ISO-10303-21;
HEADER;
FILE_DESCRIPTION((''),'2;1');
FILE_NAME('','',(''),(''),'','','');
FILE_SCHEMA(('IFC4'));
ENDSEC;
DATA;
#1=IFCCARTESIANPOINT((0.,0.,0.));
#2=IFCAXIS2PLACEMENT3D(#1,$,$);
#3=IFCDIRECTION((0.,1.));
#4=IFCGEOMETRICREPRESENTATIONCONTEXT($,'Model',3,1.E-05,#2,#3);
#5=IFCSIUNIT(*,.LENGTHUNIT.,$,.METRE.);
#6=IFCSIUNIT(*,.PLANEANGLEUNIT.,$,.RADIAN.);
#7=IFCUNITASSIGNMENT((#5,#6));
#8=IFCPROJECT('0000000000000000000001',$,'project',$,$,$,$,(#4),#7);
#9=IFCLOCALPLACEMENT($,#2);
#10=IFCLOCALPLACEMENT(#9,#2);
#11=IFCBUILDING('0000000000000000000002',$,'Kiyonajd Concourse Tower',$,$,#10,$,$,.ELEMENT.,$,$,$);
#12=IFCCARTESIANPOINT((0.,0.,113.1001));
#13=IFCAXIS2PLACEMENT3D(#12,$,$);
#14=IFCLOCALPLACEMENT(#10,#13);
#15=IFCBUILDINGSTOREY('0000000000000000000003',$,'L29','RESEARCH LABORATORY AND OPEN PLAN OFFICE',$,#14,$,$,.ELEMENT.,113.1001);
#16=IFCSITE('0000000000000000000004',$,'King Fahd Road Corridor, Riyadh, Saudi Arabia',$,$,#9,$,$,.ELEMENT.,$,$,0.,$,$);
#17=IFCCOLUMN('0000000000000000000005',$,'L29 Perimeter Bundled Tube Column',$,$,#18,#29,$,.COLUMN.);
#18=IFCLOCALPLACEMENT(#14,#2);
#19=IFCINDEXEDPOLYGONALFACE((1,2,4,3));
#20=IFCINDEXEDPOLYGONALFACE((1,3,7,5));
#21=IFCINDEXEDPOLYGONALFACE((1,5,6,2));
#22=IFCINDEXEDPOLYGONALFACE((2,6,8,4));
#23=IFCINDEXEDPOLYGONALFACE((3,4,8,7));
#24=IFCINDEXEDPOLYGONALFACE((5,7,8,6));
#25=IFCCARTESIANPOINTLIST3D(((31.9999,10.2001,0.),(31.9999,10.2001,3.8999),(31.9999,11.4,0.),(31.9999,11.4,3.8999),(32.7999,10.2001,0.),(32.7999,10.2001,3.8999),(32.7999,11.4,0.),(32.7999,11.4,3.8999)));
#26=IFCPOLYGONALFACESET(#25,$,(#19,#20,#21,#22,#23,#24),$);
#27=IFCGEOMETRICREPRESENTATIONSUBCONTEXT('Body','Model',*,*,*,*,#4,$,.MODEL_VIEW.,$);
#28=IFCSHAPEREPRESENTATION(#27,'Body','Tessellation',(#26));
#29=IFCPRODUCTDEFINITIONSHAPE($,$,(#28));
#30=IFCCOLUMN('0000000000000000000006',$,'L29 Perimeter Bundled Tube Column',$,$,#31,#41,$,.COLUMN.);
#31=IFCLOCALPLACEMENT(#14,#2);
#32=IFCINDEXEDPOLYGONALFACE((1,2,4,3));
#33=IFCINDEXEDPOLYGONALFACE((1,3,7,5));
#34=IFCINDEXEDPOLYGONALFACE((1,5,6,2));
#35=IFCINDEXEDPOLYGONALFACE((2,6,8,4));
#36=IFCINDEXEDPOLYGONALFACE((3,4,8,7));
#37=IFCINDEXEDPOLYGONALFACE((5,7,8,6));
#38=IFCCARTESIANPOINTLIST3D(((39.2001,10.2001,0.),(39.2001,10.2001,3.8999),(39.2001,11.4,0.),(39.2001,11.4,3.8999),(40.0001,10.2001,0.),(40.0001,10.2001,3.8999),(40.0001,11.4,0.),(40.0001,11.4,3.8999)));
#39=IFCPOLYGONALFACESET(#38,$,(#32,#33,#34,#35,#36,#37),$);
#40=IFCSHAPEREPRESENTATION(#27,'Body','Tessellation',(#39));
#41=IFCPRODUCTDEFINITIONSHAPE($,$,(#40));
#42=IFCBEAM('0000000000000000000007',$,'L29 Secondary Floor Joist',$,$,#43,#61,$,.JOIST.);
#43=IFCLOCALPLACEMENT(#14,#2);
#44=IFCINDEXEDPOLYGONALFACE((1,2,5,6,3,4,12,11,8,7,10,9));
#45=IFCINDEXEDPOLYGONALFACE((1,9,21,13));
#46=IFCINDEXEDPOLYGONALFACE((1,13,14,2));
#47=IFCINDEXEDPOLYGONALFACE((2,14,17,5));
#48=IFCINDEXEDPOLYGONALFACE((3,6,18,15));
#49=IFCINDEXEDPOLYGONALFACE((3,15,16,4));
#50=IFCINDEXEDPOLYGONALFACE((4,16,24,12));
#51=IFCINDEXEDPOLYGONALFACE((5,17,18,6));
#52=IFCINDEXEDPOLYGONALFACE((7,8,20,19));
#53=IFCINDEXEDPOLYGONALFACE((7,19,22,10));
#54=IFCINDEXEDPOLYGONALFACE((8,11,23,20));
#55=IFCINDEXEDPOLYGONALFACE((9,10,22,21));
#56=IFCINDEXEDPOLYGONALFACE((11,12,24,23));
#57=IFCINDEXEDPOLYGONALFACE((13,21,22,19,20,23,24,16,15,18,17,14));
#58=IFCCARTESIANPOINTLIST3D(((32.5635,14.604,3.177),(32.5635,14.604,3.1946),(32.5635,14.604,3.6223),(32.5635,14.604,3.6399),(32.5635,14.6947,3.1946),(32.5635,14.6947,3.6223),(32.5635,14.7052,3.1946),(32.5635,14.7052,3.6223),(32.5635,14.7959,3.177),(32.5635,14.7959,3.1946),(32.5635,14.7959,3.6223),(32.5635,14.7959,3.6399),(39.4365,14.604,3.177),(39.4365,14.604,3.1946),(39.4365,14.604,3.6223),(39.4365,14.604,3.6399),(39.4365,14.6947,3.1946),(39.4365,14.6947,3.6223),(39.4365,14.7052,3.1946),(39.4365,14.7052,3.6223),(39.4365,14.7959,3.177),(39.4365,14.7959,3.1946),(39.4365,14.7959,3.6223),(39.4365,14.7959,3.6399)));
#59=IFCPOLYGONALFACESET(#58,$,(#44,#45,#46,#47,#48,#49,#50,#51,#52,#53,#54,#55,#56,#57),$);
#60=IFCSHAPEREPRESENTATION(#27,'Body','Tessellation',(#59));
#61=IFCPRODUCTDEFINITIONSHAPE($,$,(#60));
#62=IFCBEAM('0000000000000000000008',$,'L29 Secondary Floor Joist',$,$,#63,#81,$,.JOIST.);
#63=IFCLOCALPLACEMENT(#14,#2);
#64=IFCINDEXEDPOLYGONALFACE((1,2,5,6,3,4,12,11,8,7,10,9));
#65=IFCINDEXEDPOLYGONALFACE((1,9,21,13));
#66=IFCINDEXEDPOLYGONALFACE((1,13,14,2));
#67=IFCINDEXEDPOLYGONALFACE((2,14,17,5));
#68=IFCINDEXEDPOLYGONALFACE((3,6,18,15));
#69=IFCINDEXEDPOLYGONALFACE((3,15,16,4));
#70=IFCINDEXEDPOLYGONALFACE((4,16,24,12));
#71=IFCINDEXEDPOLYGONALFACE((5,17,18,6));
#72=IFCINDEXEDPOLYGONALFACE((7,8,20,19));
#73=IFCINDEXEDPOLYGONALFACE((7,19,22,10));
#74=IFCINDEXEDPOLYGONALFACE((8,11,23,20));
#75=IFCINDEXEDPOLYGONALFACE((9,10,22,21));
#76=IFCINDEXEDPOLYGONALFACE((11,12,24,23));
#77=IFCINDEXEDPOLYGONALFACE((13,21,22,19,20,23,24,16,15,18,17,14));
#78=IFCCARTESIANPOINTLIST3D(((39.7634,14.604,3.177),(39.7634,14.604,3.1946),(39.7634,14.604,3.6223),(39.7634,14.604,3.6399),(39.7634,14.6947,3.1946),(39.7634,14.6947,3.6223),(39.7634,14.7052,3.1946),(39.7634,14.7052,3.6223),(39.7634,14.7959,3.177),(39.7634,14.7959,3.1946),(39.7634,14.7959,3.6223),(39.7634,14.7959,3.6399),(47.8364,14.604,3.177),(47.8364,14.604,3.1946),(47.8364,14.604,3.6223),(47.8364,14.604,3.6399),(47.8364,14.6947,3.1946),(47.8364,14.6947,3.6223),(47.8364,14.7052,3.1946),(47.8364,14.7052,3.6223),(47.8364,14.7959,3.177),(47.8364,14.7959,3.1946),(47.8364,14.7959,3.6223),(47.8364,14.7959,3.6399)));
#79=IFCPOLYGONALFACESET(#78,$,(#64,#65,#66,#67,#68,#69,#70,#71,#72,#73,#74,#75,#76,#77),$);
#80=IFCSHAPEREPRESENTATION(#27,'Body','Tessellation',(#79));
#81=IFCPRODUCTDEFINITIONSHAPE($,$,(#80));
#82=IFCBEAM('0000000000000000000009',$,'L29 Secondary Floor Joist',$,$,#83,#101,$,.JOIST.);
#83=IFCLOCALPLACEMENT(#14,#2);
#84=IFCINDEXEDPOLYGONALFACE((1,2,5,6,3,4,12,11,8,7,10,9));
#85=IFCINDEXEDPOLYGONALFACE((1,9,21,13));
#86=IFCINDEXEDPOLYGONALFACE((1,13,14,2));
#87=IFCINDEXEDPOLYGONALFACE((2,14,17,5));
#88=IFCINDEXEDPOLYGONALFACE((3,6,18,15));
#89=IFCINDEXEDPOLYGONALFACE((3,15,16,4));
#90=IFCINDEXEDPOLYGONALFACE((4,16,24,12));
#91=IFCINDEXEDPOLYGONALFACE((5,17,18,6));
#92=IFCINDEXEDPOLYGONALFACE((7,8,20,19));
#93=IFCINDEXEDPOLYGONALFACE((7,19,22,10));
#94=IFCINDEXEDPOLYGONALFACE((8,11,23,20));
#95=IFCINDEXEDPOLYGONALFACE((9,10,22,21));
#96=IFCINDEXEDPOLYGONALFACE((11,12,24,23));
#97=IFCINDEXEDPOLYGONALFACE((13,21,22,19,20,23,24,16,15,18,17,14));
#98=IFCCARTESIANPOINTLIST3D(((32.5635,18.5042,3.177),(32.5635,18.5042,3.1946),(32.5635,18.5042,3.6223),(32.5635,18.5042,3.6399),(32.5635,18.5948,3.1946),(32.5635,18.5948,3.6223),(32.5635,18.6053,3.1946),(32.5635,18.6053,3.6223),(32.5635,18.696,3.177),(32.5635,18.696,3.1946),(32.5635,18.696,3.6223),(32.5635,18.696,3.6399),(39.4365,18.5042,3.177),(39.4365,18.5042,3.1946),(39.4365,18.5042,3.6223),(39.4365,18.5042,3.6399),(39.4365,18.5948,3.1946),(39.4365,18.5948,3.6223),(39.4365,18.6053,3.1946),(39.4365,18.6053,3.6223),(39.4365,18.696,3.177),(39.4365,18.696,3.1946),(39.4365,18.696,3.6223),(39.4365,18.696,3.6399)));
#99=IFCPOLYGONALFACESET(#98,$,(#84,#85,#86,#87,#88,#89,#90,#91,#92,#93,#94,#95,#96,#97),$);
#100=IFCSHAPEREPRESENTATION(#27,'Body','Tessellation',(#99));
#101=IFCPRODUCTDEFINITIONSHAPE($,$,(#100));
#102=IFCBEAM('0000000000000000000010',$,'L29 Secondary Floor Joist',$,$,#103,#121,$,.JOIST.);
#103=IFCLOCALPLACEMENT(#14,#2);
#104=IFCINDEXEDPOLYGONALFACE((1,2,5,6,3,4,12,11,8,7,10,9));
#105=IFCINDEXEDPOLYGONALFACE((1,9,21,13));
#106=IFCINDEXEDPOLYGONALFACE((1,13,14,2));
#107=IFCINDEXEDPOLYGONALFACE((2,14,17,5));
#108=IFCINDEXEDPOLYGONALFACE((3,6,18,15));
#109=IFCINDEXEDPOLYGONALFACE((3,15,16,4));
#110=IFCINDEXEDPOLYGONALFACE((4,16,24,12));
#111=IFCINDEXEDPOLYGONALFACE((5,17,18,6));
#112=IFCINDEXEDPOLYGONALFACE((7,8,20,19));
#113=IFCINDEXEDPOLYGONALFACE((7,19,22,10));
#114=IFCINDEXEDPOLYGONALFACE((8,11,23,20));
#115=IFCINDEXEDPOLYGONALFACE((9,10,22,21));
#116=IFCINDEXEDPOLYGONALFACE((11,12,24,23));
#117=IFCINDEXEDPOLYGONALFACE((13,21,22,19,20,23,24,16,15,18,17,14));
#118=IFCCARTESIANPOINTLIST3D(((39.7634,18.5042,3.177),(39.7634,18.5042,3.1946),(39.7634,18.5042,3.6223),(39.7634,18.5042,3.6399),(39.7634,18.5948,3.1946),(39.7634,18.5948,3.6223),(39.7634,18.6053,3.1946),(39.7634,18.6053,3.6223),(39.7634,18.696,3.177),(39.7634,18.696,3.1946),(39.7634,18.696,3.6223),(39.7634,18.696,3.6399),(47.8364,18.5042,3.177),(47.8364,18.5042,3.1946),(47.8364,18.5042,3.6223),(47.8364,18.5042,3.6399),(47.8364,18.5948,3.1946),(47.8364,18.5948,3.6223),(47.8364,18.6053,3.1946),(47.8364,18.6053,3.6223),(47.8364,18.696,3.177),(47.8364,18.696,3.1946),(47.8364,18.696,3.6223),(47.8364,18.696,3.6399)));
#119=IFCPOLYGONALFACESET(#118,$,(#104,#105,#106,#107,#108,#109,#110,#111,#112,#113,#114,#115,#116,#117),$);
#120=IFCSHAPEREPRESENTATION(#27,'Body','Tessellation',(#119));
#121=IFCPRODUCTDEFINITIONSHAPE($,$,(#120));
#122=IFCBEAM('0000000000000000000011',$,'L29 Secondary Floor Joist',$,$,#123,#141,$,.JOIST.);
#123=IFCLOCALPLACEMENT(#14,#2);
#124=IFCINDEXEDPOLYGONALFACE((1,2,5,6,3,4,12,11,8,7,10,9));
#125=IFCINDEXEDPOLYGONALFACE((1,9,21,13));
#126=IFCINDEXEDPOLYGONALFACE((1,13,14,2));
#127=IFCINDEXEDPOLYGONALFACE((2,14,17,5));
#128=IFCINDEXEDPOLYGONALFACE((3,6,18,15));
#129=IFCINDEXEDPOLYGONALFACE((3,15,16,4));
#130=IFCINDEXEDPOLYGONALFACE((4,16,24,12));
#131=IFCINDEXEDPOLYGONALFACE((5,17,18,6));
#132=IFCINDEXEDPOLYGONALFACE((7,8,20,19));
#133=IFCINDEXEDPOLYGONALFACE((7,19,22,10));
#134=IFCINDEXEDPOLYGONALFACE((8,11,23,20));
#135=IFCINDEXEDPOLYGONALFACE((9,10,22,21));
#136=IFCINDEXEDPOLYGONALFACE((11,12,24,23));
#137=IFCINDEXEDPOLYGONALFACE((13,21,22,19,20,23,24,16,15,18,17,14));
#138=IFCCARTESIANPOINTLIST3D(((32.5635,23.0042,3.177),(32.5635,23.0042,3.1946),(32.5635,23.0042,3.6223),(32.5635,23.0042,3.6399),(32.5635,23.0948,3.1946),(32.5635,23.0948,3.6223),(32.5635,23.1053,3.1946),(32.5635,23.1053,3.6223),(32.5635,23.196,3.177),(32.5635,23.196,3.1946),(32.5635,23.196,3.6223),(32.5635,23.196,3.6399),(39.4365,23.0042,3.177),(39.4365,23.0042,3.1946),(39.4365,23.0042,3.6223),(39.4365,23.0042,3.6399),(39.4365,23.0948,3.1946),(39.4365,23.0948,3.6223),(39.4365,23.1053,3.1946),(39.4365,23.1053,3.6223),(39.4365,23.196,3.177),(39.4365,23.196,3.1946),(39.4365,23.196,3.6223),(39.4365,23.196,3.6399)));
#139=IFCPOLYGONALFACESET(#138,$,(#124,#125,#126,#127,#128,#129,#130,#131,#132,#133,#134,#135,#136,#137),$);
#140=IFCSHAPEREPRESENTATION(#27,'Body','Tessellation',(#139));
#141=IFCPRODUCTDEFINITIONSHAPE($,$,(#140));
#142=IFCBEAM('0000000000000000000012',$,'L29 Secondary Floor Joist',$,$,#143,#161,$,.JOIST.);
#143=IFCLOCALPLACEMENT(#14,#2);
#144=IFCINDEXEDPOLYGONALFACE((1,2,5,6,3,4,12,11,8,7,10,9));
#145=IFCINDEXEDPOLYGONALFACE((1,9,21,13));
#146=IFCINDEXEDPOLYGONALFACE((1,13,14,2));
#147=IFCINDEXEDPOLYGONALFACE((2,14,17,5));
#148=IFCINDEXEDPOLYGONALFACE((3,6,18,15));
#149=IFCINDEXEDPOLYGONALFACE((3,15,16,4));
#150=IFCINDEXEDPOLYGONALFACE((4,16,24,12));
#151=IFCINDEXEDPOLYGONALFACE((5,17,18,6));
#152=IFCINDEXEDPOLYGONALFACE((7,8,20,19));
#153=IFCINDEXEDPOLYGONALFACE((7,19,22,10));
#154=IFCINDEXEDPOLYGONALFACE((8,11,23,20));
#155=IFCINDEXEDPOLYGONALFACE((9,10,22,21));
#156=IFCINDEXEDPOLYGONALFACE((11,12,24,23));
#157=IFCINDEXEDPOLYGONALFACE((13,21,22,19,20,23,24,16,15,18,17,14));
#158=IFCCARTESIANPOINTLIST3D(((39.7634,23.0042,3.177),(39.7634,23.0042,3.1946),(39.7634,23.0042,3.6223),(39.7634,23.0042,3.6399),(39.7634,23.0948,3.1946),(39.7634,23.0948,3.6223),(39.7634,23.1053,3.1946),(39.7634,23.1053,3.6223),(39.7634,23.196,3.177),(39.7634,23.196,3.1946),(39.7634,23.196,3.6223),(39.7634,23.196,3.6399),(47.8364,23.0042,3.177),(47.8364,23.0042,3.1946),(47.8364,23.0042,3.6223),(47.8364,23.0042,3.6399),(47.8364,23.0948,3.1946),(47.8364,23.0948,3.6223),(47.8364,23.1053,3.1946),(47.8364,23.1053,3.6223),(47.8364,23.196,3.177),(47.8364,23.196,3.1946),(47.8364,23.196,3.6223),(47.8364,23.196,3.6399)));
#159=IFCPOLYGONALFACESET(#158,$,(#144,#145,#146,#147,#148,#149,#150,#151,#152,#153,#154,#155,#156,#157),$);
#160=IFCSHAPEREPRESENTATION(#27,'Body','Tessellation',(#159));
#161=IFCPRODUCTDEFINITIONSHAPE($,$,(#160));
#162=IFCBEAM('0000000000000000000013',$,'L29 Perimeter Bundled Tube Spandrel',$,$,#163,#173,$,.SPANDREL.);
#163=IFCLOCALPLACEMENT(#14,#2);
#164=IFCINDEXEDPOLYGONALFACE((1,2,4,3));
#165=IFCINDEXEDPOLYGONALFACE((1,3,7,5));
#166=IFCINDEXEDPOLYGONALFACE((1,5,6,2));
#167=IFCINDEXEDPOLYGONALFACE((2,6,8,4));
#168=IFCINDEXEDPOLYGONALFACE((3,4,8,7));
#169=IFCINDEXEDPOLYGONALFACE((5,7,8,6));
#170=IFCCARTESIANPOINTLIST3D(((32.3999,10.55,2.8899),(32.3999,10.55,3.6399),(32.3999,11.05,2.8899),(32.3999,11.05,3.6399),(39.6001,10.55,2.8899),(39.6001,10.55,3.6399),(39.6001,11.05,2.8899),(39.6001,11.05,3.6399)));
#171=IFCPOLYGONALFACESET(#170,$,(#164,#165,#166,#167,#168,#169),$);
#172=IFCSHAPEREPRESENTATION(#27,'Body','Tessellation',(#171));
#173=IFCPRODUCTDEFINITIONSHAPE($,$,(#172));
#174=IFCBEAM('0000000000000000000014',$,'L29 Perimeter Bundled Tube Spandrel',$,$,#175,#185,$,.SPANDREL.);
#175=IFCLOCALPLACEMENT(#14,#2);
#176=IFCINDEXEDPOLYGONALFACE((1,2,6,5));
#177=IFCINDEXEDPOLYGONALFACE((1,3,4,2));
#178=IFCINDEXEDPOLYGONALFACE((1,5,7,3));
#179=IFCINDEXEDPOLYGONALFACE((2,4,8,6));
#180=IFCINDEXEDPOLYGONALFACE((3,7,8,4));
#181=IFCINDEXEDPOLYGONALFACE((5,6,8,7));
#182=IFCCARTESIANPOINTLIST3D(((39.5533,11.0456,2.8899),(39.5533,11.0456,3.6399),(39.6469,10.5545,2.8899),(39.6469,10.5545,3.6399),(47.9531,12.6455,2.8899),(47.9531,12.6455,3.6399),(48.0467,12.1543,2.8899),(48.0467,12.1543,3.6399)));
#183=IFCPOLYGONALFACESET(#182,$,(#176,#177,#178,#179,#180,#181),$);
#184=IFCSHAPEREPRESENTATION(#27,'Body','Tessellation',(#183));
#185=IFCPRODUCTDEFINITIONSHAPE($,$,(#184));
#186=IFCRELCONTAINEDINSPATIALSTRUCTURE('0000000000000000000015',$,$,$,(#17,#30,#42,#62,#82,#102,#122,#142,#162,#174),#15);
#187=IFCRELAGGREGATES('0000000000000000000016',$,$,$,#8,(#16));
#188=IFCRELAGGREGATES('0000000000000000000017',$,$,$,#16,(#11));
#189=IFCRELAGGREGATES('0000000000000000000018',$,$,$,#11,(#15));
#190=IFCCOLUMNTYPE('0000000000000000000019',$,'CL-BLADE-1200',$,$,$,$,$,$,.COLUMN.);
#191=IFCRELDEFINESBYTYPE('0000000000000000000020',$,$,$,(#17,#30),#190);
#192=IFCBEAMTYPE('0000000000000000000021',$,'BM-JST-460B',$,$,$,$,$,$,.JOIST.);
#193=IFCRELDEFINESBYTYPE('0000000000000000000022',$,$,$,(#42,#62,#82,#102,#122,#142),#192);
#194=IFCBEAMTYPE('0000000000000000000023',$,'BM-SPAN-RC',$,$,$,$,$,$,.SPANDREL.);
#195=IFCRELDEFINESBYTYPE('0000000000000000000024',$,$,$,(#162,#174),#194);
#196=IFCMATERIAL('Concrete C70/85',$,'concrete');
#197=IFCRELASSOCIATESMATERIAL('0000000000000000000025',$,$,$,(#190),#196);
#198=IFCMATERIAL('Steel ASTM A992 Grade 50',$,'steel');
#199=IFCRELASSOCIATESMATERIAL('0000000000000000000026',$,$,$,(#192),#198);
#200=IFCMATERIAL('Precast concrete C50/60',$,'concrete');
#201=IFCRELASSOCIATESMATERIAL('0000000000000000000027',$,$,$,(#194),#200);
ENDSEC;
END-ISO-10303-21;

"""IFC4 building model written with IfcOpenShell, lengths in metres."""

from ifc_helpers import new_model, si_unit, direction, frame, origin, origin_2d, place, context, subcontext, project, spatial, rectangle, i_section, extrude, material, material_profile, profile_set, type_object, element, save


model = new_model("IFC4")

# Units and contexts
model_context = context("Model", 3, precision=1e-05, world=origin(), true_north=direction((0.0, 1.0)))
body_context = subcontext(model_context, "Body", "Model", "MODEL_VIEW")
ifc_project = project(units=[si_unit("LENGTHUNIT", "METRE"), si_unit("PLANEANGLEUNIT", "RADIAN")], contexts=[model_context])

# Site, building, storey
site_placement = place(None, origin())
site = spatial("IfcSite", under=ifc_project, at=site_placement, Name="King Fahd Road Corridor, Riyadh, Saudi Arabia", CompositionType="ELEMENT", RefElevation=0.0)
building_placement = place(site_placement, origin())
building = spatial("IfcBuilding", under=site, at=building_placement, Name="Kiyonajd Concourse Tower", CompositionType="ELEMENT")
storey_placement = place(building_placement, frame((0.0, 0.0, 113.1001)))
storey = spatial("IfcBuildingStorey", under=building, at=storey_placement, Name="L29", Description="RESEARCH LABORATORY AND OPEN PLAN OFFICE", CompositionType="ELEMENT", Elevation=113.1001)

# Columns
ifc_material_1 = material(Name="Concrete C70/85", Category="concrete")
ifc_material_profile_1 = material_profile(ifc_material_1, rectangle(XDim=0.8, YDim=1.2, at=origin_2d()), Name="RC-1200x800")
ifc_profile_set_1 = profile_set([ifc_material_profile_1], Name="Concrete C70/85")
column_type = type_object("IfcColumnType", Name="CL-BLADE-1200", PredefinedType="COLUMN", material=ifc_profile_set_1)
for number, where, z_axis, x_axis, name in (
    (1, (32.3999, 10.8, 0.0), (0.0, 0.0, 1.0), (1.0, 0.0, 0.0), "L29 Perimeter Bundled Tube Column"),
    (2, (39.6001, 10.8, 0.0), (0.0, 0.0, 1.0), (1.0, 0.0, 0.0), "L29 Perimeter Bundled Tube Column"),
):
    element("IfcColumn", number, at=place(storey_placement, frame(where, z_axis=z_axis, x_axis=x_axis)), inside=storey, type_object=column_type, Name=name, PredefinedType="COLUMN", context=body_context, shape_type="SweptSolid", body=[
        extrude(rectangle(XDim=0.8, YDim=1.2, at=origin_2d()), origin(), (0.0, 0.0, 1.0), 3.8999),
    ])

# Beams
ifc_material_2 = material(Name="Steel ASTM A992 Grade 50", Category="steel")
ifc_material_profile_2 = material_profile(ifc_material_2, i_section(OverallWidth=0.1919, OverallDepth=0.4629, WebThickness=0.0105, FlangeThickness=0.0176, at=origin_2d()), Name="W460X89")
ifc_profile_set_2 = profile_set([ifc_material_profile_2], Name="Steel ASTM A992 Grade 50")
beam_type_1 = type_object("IfcBeamType", Name="BM-JST-460B", PredefinedType="JOIST", material=ifc_profile_set_2)
beam_1_placement = place(storey_placement, frame((32.5635, 14.7, 3.4084), z_axis=(1.0, 0.0, 0.0), x_axis=(0.0, 1.0, 0.0)))
element("IfcBeam", 3, at=beam_1_placement, inside=storey, type_object=beam_type_1, Name="L29 Secondary Floor Joist", PredefinedType="JOIST", context=body_context, shape_type="SweptSolid", body=[
    extrude(i_section(OverallWidth=0.1919, OverallDepth=0.4629, WebThickness=0.0105, FlangeThickness=0.0176, at=origin_2d()), origin(), (0.0, 0.0, 1.0), 6.873),
])
beam_2_placement = place(storey_placement, frame((39.7634, 14.7, 3.4084), z_axis=(1.0, 0.0, 0.0), x_axis=(0.0, 1.0, 0.0)))
element("IfcBeam", 4, at=beam_2_placement, inside=storey, type_object=beam_type_1, Name="L29 Secondary Floor Joist", PredefinedType="JOIST", context=body_context, shape_type="SweptSolid", body=[
    extrude(i_section(OverallWidth=0.1919, OverallDepth=0.4629, WebThickness=0.0105, FlangeThickness=0.0176, at=origin_2d()), origin(), (0.0, 0.0, 1.0), 8.073),
])
beam_3_placement = place(storey_placement, frame((32.5635, 18.6001, 3.4084), z_axis=(1.0, 0.0, 0.0), x_axis=(0.0, 1.0, 0.0)))
element("IfcBeam", 5, at=beam_3_placement, inside=storey, type_object=beam_type_1, Name="L29 Secondary Floor Joist", PredefinedType="JOIST", context=body_context, shape_type="SweptSolid", body=[
    extrude(i_section(OverallWidth=0.1919, OverallDepth=0.4629, WebThickness=0.0105, FlangeThickness=0.0176, at=origin_2d()), origin(), (0.0, 0.0, 1.0), 6.873),
])
beam_4_placement = place(storey_placement, frame((39.7634, 18.6001, 3.4084), z_axis=(1.0, 0.0, 0.0), x_axis=(0.0, 1.0, 0.0)))
element("IfcBeam", 6, at=beam_4_placement, inside=storey, type_object=beam_type_1, Name="L29 Secondary Floor Joist", PredefinedType="JOIST", context=body_context, shape_type="SweptSolid", body=[
    extrude(i_section(OverallWidth=0.1919, OverallDepth=0.4629, WebThickness=0.0105, FlangeThickness=0.0176, at=origin_2d()), origin(), (0.0, 0.0, 1.0), 8.073),
])
beam_5_placement = place(storey_placement, frame((32.5635, 23.1001, 3.4084), z_axis=(1.0, 0.0, 0.0), x_axis=(0.0, 1.0, 0.0)))
element("IfcBeam", 7, at=beam_5_placement, inside=storey, type_object=beam_type_1, Name="L29 Secondary Floor Joist", PredefinedType="JOIST", context=body_context, shape_type="SweptSolid", body=[
    extrude(i_section(OverallWidth=0.1919, OverallDepth=0.4629, WebThickness=0.0105, FlangeThickness=0.0176, at=origin_2d()), origin(), (0.0, 0.0, 1.0), 6.873),
])
beam_6_placement = place(storey_placement, frame((39.7634, 23.1001, 3.4084), z_axis=(1.0, 0.0, 0.0), x_axis=(0.0, 1.0, 0.0)))
element("IfcBeam", 8, at=beam_6_placement, inside=storey, type_object=beam_type_1, Name="L29 Secondary Floor Joist", PredefinedType="JOIST", context=body_context, shape_type="SweptSolid", body=[
    extrude(i_section(OverallWidth=0.1919, OverallDepth=0.4629, WebThickness=0.0105, FlangeThickness=0.0176, at=origin_2d()), origin(), (0.0, 0.0, 1.0), 8.073),
])
ifc_material_3 = material(Name="Precast concrete C50/60", Category="concrete")
ifc_material_profile_3 = material_profile(ifc_material_3, rectangle(XDim=0.5, YDim=0.75, at=origin_2d()), Name="RCBM-500x750")
ifc_profile_set_3 = profile_set([ifc_material_profile_3], Name="Precast concrete C50/60")
beam_type_2 = type_object("IfcBeamType", Name="BM-SPAN-RC", PredefinedType="SPANDREL", material=ifc_profile_set_3)
beam_7_placement = place(storey_placement, frame((32.3999, 10.8, 3.2649), z_axis=(1.0, 0.0, 0.0), x_axis=(0.0, 1.0, 0.0)))
element("IfcBeam", 9, at=beam_7_placement, inside=storey, type_object=beam_type_2, Name="L29 Perimeter Bundled Tube Spandrel", PredefinedType="SPANDREL", context=body_context, shape_type="SweptSolid", body=[
    extrude(rectangle(XDim=0.5, YDim=0.75, at=origin_2d()), origin(), (0.0, 0.0, 1.0), 7.2002),
])
beam_8_placement = place(storey_placement, frame((39.6001, 10.8, 3.2649), z_axis=(0.982341, 0.187098, 0.0), x_axis=(-0.187098, 0.982341, 0.0)))
element("IfcBeam", 10, at=beam_8_placement, inside=storey, type_object=beam_type_2, Name="L29 Perimeter Bundled Tube Spandrel", PredefinedType="SPANDREL", context=body_context, shape_type="SweptSolid", body=[
    extrude(rectangle(XDim=0.5, YDim=0.75, at=origin_2d()), origin(), (0.0, 0.0, 1.0), 8.5508),
])

save(model, "model.ifc")
